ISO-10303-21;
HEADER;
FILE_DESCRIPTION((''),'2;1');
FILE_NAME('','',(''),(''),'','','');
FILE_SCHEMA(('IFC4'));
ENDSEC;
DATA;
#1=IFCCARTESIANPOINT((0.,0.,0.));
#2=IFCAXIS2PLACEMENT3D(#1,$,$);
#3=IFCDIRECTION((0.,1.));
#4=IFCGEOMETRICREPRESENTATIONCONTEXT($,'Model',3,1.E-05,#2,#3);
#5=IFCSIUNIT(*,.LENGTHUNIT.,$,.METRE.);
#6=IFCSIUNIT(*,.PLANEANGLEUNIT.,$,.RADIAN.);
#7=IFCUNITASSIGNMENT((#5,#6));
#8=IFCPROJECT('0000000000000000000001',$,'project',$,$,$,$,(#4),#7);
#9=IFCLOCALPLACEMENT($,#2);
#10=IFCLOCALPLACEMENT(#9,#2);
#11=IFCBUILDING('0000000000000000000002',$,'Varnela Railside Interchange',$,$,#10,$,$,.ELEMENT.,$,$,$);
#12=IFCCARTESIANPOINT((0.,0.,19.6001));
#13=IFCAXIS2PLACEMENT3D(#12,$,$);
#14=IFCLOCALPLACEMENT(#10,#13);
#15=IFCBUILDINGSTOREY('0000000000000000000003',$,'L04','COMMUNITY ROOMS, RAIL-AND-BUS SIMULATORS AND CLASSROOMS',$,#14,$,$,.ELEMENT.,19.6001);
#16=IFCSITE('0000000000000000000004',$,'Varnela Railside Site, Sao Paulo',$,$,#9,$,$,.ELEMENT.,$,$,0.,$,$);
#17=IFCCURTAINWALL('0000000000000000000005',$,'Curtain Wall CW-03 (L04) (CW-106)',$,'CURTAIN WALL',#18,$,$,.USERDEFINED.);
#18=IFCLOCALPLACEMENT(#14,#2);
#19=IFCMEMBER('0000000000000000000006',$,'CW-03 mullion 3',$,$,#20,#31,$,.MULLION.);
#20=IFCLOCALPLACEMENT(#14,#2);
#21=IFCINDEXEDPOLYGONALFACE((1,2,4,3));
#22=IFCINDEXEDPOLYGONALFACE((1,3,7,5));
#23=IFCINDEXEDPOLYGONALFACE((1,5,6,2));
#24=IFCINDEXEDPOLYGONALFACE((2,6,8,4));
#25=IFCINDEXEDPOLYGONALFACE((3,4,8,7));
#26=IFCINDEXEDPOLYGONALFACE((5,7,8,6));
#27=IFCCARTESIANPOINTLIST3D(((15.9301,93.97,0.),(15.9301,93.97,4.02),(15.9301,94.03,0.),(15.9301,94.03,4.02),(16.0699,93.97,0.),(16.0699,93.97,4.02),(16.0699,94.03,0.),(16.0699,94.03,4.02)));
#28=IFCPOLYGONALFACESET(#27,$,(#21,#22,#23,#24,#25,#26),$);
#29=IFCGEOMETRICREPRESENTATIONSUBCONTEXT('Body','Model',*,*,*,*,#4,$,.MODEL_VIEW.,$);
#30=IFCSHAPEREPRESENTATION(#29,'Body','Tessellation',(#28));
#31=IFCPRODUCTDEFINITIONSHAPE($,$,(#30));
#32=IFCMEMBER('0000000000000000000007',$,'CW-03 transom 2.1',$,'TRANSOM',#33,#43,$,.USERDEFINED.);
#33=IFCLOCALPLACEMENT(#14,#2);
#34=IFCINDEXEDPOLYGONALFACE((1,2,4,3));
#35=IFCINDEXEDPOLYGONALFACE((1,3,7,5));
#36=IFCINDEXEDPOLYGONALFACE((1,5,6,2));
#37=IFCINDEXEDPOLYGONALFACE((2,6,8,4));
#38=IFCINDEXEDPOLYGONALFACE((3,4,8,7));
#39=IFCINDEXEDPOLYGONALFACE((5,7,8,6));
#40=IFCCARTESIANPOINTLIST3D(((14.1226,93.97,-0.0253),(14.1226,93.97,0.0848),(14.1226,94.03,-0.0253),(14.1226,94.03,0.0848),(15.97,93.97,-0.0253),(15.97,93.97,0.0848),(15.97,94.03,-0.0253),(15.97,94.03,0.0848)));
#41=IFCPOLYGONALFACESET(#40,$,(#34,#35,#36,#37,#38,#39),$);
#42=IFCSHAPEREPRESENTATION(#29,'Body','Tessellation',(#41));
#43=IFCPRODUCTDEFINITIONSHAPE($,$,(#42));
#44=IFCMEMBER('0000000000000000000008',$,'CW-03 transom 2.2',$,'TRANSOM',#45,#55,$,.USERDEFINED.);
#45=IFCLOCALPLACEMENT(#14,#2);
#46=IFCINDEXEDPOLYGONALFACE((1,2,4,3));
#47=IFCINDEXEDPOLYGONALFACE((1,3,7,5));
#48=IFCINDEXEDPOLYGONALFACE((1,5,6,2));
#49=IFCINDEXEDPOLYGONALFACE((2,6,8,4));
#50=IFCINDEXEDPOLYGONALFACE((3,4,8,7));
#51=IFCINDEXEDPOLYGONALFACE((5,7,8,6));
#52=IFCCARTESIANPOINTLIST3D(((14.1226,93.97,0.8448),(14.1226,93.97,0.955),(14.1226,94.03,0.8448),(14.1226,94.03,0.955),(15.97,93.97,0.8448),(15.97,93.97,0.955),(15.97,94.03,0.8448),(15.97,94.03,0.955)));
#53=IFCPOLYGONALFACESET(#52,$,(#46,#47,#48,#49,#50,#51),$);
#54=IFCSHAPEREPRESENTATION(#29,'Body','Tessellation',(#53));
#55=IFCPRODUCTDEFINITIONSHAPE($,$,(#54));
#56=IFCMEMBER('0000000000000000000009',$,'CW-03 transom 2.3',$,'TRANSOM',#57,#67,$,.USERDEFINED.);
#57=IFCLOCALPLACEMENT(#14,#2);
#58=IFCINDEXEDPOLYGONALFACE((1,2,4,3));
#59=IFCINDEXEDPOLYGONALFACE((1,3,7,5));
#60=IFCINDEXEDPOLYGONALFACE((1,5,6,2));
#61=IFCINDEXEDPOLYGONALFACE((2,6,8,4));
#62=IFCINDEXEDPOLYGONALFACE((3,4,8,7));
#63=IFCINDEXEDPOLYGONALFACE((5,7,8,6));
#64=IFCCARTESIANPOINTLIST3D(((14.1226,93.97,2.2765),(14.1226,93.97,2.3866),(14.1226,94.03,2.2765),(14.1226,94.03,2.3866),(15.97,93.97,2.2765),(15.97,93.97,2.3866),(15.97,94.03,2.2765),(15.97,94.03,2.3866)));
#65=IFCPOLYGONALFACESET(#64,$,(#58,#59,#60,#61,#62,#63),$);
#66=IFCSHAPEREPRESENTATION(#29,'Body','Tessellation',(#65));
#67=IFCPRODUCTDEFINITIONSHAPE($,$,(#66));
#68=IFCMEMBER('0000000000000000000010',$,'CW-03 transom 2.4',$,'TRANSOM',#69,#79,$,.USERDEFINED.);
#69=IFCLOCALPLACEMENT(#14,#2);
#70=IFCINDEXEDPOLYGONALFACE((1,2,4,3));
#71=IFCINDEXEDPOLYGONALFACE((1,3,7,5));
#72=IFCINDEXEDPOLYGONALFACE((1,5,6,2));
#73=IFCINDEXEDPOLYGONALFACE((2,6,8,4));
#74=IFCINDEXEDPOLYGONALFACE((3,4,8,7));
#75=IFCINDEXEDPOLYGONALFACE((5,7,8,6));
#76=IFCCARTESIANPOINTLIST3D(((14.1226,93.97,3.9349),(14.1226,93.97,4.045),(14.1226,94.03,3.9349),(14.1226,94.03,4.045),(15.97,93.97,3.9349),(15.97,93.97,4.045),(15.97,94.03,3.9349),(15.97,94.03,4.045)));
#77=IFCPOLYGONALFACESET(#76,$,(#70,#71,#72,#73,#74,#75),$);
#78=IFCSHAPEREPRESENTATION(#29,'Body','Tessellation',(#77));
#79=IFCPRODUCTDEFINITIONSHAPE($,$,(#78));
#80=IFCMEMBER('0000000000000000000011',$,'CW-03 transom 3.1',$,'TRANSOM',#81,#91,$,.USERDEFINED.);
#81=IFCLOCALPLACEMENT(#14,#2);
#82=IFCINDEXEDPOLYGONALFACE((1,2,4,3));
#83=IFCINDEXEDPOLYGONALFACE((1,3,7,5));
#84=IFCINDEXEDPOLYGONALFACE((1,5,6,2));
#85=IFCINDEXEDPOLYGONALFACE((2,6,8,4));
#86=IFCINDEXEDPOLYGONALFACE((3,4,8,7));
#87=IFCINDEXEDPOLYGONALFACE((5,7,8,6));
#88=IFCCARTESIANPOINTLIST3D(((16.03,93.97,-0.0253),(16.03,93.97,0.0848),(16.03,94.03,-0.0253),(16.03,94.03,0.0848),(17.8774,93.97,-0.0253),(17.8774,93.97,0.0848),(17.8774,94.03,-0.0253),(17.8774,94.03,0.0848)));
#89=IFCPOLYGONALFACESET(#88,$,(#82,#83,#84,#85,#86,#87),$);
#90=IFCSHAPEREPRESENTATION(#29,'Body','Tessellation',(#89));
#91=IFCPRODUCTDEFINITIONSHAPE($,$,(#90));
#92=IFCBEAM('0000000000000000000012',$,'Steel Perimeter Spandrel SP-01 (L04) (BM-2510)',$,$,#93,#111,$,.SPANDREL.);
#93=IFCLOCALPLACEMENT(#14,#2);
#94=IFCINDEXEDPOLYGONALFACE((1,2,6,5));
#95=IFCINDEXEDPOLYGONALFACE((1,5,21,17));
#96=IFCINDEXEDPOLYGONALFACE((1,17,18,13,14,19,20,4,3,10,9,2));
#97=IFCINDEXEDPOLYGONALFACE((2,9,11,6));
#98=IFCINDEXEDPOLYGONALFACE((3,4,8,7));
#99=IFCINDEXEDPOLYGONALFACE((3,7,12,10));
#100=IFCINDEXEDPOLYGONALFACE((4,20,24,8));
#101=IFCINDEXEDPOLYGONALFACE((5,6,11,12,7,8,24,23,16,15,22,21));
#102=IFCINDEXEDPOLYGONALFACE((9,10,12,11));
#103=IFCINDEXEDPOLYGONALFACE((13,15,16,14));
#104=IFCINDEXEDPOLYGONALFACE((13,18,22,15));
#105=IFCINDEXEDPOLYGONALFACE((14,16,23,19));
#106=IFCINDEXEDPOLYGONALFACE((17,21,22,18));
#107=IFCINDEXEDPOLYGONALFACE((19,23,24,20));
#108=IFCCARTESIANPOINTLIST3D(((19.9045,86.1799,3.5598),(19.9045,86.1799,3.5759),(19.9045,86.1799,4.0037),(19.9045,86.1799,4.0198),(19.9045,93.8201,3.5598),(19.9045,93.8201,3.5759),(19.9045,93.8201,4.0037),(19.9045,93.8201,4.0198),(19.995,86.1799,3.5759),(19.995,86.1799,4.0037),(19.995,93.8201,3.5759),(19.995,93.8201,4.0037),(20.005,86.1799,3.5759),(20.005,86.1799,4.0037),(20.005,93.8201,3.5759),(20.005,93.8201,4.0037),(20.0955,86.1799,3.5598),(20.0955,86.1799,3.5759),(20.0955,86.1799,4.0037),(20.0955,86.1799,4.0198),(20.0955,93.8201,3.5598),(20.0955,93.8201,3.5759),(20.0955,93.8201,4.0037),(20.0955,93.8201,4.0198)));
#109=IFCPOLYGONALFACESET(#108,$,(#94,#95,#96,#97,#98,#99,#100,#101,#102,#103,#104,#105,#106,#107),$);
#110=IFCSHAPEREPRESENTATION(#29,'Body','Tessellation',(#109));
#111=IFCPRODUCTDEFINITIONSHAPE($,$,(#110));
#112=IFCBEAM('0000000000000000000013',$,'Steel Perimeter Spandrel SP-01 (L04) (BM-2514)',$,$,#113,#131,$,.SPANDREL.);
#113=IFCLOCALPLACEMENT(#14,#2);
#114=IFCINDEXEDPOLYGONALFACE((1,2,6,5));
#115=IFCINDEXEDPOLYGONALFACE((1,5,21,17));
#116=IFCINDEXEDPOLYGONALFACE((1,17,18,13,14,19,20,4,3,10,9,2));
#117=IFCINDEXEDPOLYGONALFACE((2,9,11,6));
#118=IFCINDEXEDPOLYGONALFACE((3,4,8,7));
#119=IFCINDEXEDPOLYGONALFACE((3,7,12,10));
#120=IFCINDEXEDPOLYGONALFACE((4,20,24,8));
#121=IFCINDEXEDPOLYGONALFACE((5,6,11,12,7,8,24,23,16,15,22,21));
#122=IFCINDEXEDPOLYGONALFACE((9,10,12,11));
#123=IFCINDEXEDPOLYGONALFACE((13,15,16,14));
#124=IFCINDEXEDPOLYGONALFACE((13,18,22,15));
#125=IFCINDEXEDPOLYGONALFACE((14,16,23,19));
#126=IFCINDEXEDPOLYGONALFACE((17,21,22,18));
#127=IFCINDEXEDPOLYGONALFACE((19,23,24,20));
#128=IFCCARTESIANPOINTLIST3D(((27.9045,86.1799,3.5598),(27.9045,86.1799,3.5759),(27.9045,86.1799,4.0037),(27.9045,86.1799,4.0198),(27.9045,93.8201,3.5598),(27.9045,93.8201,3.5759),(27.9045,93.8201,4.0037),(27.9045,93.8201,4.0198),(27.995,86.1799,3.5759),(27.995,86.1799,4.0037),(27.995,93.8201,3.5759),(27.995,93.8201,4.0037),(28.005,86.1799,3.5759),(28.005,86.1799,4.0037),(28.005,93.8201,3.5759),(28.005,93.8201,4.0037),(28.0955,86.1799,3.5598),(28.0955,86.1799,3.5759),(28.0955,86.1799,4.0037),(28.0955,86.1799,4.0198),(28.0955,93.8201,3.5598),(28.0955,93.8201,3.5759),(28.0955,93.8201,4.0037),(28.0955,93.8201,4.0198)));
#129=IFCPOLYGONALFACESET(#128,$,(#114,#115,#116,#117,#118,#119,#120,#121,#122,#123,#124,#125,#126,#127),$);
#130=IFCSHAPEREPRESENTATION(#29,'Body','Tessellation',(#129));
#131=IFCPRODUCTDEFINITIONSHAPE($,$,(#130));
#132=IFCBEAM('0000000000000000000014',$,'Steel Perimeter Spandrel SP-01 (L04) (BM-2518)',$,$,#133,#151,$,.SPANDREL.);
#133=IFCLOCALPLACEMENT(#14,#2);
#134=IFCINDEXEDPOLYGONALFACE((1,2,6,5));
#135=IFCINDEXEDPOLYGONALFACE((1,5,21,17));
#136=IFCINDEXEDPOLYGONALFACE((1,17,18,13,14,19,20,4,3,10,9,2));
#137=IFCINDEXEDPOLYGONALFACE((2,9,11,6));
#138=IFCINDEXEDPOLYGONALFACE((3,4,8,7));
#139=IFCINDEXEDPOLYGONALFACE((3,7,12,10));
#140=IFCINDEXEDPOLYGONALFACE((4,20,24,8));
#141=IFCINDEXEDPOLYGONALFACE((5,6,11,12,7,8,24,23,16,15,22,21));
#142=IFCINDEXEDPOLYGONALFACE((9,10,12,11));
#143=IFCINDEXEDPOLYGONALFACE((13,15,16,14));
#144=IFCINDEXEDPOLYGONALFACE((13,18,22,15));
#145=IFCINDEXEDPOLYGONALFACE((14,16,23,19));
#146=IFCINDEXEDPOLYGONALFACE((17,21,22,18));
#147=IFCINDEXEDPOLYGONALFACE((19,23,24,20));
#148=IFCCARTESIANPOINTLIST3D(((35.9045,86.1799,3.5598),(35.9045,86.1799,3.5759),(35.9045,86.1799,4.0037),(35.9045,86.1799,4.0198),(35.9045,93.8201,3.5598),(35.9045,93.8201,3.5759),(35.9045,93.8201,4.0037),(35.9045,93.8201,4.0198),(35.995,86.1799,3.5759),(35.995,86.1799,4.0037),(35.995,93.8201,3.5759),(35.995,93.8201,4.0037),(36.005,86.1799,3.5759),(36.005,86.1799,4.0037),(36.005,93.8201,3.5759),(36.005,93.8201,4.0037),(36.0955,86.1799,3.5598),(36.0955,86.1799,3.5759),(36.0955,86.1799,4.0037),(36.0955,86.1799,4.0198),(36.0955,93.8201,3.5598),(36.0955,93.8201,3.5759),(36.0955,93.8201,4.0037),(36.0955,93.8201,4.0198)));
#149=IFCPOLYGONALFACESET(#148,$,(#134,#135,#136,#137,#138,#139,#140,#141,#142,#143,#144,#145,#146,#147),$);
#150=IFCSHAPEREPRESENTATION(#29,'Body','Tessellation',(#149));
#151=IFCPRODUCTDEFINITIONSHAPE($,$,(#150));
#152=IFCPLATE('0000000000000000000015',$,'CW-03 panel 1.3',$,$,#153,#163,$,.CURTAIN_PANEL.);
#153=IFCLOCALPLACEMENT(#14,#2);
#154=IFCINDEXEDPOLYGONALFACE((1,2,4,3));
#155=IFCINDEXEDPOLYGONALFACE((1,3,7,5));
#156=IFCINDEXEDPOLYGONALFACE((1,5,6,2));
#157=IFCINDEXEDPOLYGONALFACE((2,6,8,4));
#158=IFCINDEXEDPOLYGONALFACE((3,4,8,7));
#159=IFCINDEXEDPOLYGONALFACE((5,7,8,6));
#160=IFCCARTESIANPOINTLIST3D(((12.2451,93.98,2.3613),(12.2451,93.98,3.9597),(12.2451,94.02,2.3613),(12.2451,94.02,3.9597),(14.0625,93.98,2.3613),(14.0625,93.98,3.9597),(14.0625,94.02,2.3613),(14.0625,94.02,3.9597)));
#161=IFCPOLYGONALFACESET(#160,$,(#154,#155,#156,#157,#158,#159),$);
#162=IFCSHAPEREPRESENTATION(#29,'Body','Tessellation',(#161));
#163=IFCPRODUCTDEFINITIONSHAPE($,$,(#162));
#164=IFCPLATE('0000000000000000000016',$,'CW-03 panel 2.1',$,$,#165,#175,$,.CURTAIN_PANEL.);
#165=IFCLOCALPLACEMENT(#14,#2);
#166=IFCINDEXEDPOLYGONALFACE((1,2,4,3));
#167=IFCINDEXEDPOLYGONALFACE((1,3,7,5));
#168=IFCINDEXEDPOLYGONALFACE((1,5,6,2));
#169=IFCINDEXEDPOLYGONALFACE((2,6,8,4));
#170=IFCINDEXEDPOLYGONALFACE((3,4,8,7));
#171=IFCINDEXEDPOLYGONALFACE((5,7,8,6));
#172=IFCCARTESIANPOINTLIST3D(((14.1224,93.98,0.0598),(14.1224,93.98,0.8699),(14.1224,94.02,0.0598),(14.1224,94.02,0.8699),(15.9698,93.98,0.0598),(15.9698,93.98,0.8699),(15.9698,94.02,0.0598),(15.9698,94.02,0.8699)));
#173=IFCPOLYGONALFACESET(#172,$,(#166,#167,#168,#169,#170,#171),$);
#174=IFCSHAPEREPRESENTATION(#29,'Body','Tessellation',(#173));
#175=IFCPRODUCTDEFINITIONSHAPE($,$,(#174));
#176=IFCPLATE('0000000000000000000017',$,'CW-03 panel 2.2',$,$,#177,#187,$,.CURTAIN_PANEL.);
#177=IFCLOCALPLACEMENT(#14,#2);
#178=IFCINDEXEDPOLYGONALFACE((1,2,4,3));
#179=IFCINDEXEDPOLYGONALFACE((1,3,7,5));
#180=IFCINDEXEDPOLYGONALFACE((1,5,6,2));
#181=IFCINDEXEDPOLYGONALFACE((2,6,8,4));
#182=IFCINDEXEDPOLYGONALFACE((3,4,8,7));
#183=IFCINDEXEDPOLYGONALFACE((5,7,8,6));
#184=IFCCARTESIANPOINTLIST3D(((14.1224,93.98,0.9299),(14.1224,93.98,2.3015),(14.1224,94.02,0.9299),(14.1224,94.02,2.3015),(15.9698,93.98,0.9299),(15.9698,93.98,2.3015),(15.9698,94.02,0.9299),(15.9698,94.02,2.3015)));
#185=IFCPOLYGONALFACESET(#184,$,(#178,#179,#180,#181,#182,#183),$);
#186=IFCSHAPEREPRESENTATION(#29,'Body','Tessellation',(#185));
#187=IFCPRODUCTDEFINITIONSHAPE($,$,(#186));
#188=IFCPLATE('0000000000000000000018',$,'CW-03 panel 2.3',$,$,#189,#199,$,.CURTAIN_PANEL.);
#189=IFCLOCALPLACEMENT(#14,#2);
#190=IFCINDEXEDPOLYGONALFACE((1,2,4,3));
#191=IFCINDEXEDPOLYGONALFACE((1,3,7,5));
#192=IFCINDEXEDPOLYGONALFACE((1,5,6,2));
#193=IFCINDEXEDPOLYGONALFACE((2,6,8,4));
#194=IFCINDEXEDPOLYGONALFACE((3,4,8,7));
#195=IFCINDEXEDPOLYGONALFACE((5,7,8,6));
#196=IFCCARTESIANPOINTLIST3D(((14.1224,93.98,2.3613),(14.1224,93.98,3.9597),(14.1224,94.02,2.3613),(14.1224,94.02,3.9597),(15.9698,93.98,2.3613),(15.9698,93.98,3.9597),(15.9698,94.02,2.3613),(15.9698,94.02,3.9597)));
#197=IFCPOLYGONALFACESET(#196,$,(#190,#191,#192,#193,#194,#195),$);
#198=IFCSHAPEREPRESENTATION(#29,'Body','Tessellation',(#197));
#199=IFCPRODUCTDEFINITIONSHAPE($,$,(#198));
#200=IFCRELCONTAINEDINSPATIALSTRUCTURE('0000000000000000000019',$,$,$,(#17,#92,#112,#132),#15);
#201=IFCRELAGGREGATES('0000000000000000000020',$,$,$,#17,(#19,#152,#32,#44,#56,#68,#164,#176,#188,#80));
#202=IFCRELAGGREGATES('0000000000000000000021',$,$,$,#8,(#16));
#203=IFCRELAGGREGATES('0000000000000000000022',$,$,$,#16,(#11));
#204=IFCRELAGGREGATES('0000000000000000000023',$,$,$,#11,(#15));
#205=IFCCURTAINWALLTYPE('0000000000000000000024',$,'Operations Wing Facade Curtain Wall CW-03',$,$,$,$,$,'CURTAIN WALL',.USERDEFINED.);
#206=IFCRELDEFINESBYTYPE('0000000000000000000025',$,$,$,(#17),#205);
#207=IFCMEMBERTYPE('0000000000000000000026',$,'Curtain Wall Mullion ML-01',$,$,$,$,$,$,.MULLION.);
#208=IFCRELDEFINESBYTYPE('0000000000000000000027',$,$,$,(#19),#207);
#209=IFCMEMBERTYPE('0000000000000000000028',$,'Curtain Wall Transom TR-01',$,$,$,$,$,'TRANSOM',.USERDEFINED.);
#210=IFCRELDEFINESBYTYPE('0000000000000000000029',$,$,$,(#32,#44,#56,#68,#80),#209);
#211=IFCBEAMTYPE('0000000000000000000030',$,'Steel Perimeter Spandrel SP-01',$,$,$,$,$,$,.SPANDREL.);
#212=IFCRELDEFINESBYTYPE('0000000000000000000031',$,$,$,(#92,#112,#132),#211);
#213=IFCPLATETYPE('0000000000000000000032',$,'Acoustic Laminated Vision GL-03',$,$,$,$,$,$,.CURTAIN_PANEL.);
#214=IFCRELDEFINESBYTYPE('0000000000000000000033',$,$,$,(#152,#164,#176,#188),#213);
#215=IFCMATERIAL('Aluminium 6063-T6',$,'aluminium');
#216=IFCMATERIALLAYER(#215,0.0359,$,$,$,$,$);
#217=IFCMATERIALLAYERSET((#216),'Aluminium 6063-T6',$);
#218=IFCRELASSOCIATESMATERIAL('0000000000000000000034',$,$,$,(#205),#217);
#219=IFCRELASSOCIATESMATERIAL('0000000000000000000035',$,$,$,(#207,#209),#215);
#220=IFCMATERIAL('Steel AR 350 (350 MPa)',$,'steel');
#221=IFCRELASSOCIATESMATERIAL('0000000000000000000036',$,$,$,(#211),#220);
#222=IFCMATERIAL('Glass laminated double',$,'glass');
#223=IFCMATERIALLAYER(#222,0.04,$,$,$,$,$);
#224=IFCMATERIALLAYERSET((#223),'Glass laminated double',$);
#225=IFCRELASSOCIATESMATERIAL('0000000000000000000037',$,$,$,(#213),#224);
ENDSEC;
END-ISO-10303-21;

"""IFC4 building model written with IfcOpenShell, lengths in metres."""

from ifc_helpers import new_model, si_unit, direction, frame, origin, origin_2d, place, context, subcontext, project, spatial, rectangle, i_section, extrude, material, layer, layer_set, material_profile, profile_set, type_object, element, aggregate, save


model = new_model("IFC4")

# Units and contexts
model_context = context("Model", 3, precision=1e-05, world=origin(), true_north=direction((0.0, 1.0)))
body_context = subcontext(model_context, "Body", "Model", "MODEL_VIEW")
ifc_project = project(units=[si_unit("LENGTHUNIT", "METRE"), si_unit("PLANEANGLEUNIT", "RADIAN")], contexts=[model_context])

# Site, building, storey
site_placement = place(None, origin())
site = spatial("IfcSite", under=ifc_project, at=site_placement, Name="Varnela Railside Site, Sao Paulo", CompositionType="ELEMENT", RefElevation=0.0)
building_placement = place(site_placement, origin())
building = spatial("IfcBuilding", under=site, at=building_placement, Name="Varnela Railside Interchange", CompositionType="ELEMENT")
storey_placement = place(building_placement, frame((0.0, 0.0, 19.6001)))
storey = spatial("IfcBuildingStorey", under=building, at=storey_placement, Name="L04", Description="COMMUNITY ROOMS, RAIL-AND-BUS SIMULATORS AND CLASSROOMS", CompositionType="ELEMENT", Elevation=19.6001)

# Shared definitions
ifc_material_1 = material(Name="Steel AR 350 (350 MPa)", Category="steel")

# Curtain wall, members
ifc_material_2 = material(Name="Aluminium 6063-T6", Category="aluminium")
ifc_layer_1 = layer(ifc_material_2, 0.0359)
ifc_layer_set_1 = layer_set([ifc_layer_1], Name="Aluminium 6063-T6")
curtain_wall_type = type_object("IfcCurtainWallType", Name="Operations Wing Facade Curtain Wall CW-03", ElementType="CURTAIN WALL", PredefinedType="USERDEFINED", material=ifc_layer_set_1)
curtain_wall_placement = place(storey_placement, origin())
curtain_wall = element("IfcCurtainWall", 1, at=curtain_wall_placement, inside=storey, type_object=curtain_wall_type, Name="Curtain Wall CW-03 (L04) (CW-106)", ObjectType="CURTAIN WALL", PredefinedType="USERDEFINED")
ifc_material_profile_1 = material_profile(ifc_material_2, rectangle(XDim=0.0601, YDim=0.1399, at=origin_2d()), Name="ALU 60x140")
ifc_profile_set_1 = profile_set([ifc_material_profile_1], Name="Aluminium 6063-T6")
member_type_1 = type_object("IfcMemberType", Name="Curtain Wall Mullion ML-01", PredefinedType="MULLION", material=ifc_profile_set_1)
member_1_placement = place(storey_placement, frame((16.0, 94.0, 0.0), z_axis=(0.0, 0.0, 1.0), x_axis=(0.0, 1.0, 0.0)))
member_1 = element("IfcMember", 2, at=member_1_placement, type_object=member_type_1, Name="CW-03 mullion 3", PredefinedType="MULLION", context=body_context, shape_type="SweptSolid", body=[
    extrude(rectangle(XDim=0.0601, YDim=0.1399, at=origin_2d()), origin(), (0.0, 0.0, 1.0), 4.02),
])
ifc_material_profile_2 = material_profile(ifc_material_2, rectangle(XDim=0.0601, YDim=0.1101, at=origin_2d()), Name="ALU 60x110")
ifc_profile_set_2 = profile_set([ifc_material_profile_2], Name="Aluminium 6063-T6")
member_type_2 = type_object("IfcMemberType", Name="Curtain Wall Transom TR-01", ElementType="TRANSOM", PredefinedType="USERDEFINED", material=ifc_profile_set_2)
member_2_placement = place(storey_placement, frame((14.1226, 94.0, 0.0298), z_axis=(1.0, 0.0, 0.0), x_axis=(0.0, 1.0, 0.0)))
member_2 = element("IfcMember", 3, at=member_2_placement, type_object=member_type_2, Name="CW-03 transom 2.1", ObjectType="TRANSOM", PredefinedType="USERDEFINED", context=body_context, shape_type="SweptSolid", body=[
    extrude(rectangle(XDim=0.0601, YDim=0.1101, at=origin_2d()), origin(), (0.0, 0.0, 1.0), 1.8474),
])
member_3_placement = place(storey_placement, frame((14.1226, 94.0, 0.8999), z_axis=(1.0, 0.0, 0.0), x_axis=(0.0, 1.0, 0.0)))
member_3 = element("IfcMember", 4, at=member_3_placement, type_object=member_type_2, Name="CW-03 transom 2.2", ObjectType="TRANSOM", PredefinedType="USERDEFINED", context=body_context, shape_type="SweptSolid", body=[
    extrude(rectangle(XDim=0.0601, YDim=0.1101, at=origin_2d()), origin(), (0.0, 0.0, 1.0), 1.8474),
])
member_4_placement = place(storey_placement, frame((14.1226, 94.0, 2.3315), z_axis=(1.0, 0.0, 0.0), x_axis=(0.0, 1.0, 0.0)))
member_4 = element("IfcMember", 5, at=member_4_placement, type_object=member_type_2, Name="CW-03 transom 2.3", ObjectType="TRANSOM", PredefinedType="USERDEFINED", context=body_context, shape_type="SweptSolid", body=[
    extrude(rectangle(XDim=0.0601, YDim=0.1101, at=origin_2d()), origin(), (0.0, 0.0, 1.0), 1.8474),
])
member_5_placement = place(storey_placement, frame((14.1226, 94.0, 3.99), z_axis=(1.0, 0.0, 0.0), x_axis=(0.0, 1.0, 0.0)))
member_5 = element("IfcMember", 6, at=member_5_placement, type_object=member_type_2, Name="CW-03 transom 2.4", ObjectType="TRANSOM", PredefinedType="USERDEFINED", context=body_context, shape_type="SweptSolid", body=[
    extrude(rectangle(XDim=0.0601, YDim=0.1101, at=origin_2d()), origin(), (0.0, 0.0, 1.0), 1.8474),
])
member_6_placement = place(storey_placement, frame((16.03, 94.0, 0.0298), z_axis=(1.0, 0.0, 0.0), x_axis=(0.0, 1.0, 0.0)))
member_6 = element("IfcMember", 7, at=member_6_placement, type_object=member_type_2, Name="CW-03 transom 3.1", ObjectType="TRANSOM", PredefinedType="USERDEFINED", context=body_context, shape_type="SweptSolid", body=[
    extrude(rectangle(XDim=0.0601, YDim=0.1101, at=origin_2d()), origin(), (0.0, 0.0, 1.0), 1.8474),
])

# Beams
ifc_material_profile_3 = material_profile(ifc_material_1, i_section(OverallWidth=0.1909, OverallDepth=0.46, WebThickness=0.01, FlangeThickness=0.0161, at=origin_2d()), Name="W460x82")
ifc_profile_set_3 = profile_set([ifc_material_profile_3], Name="Steel AR 350 (350 MPa)")
beam_type_1 = type_object("IfcBeamType", Name="Steel Perimeter Spandrel SP-01", PredefinedType="SPANDREL", material=ifc_profile_set_3)
for number, where, z_axis, x_axis, name in (
    (8, (20.0, 86.1799, 3.7898), (0.0, 1.0, 0.0), (-1.0, 0.0, 0.0), "Steel Perimeter Spandrel SP-01 (L04) (BM-2510)"),
    (9, (28.0, 86.1799, 3.7898), (0.0, 1.0, 0.0), (-1.0, 0.0, 0.0), "Steel Perimeter Spandrel SP-01 (L04) (BM-2514)"),
    (10, (36.0, 86.1799, 3.7898), (0.0, 1.0, 0.0), (-1.0, 0.0, 0.0), "Steel Perimeter Spandrel SP-01 (L04) (BM-2518)"),
):
    element("IfcBeam", number, at=place(storey_placement, frame(where, z_axis=z_axis, x_axis=x_axis)), inside=storey, type_object=beam_type_1, Name=name, PredefinedType="SPANDREL", context=body_context, shape_type="SweptSolid", body=[
        extrude(i_section(OverallWidth=0.1909, OverallDepth=0.46, WebThickness=0.01, FlangeThickness=0.0161, at=origin_2d()), origin(), (0.0, 0.0, 1.0), 7.6401),
    ])

# Plates
ifc_material_3 = material(Name="Glass laminated double", Category="glass")
ifc_layer_2 = layer(ifc_material_3, 0.04)
ifc_layer_set_2 = layer_set([ifc_layer_2], Name="Glass laminated double")
plate_type = type_object("IfcPlateType", Name="Acoustic Laminated Vision GL-03", PredefinedType="CURTAIN_PANEL", material=ifc_layer_set_2)
plate_1_placement = place(storey_placement, frame((13.1538, 94.0, 2.3613), z_axis=(0.0, 0.0, 1.0), x_axis=(1.0, 0.0, 0.0)))
plate_1 = element("IfcPlate", 11, at=plate_1_placement, type_object=plate_type, Name="CW-03 panel 1.3", PredefinedType="CURTAIN_PANEL", context=body_context, shape_type="SweptSolid", body=[
    extrude(rectangle(XDim=1.8174, YDim=0.04, at=origin_2d()), origin(), (0.0, 0.0, 1.0), 1.5984),
])
plate_2_placement = place(storey_placement, frame((15.0461, 94.0, 0.0598), z_axis=(0.0, 0.0, 1.0), x_axis=(1.0, 0.0, 0.0)))
plate_2 = element("IfcPlate", 12, at=plate_2_placement, type_object=plate_type, Name="CW-03 panel 2.1", PredefinedType="CURTAIN_PANEL", context=body_context, shape_type="SweptSolid", body=[
    extrude(rectangle(XDim=1.8474, YDim=0.04, at=origin_2d()), origin(), (0.0, 0.0, 1.0), 0.8101),
])
plate_3_placement = place(storey_placement, frame((15.0461, 94.0, 0.9299), z_axis=(0.0, 0.0, 1.0), x_axis=(1.0, 0.0, 0.0)))
plate_3 = element("IfcPlate", 13, at=plate_3_placement, type_object=plate_type, Name="CW-03 panel 2.2", PredefinedType="CURTAIN_PANEL", context=body_context, shape_type="SweptSolid", body=[
    extrude(rectangle(XDim=1.8474, YDim=0.04, at=origin_2d()), origin(), (0.0, 0.0, 1.0), 1.3716),
])
plate_4_placement = place(storey_placement, frame((15.0461, 94.0, 2.3613), z_axis=(0.0, 0.0, 1.0), x_axis=(1.0, 0.0, 0.0)))
plate_4 = element("IfcPlate", 14, at=plate_4_placement, type_object=plate_type, Name="CW-03 panel 2.3", PredefinedType="CURTAIN_PANEL", context=body_context, shape_type="SweptSolid", body=[
    extrude(rectangle(XDim=1.8474, YDim=0.04, at=origin_2d()), origin(), (0.0, 0.0, 1.0), 1.5984),
])
aggregate(curtain_wall, [member_1, plate_1, member_2, member_3, member_4, member_5, plate_2, plate_3, plate_4, member_6])

save(model, "model.ifc")
